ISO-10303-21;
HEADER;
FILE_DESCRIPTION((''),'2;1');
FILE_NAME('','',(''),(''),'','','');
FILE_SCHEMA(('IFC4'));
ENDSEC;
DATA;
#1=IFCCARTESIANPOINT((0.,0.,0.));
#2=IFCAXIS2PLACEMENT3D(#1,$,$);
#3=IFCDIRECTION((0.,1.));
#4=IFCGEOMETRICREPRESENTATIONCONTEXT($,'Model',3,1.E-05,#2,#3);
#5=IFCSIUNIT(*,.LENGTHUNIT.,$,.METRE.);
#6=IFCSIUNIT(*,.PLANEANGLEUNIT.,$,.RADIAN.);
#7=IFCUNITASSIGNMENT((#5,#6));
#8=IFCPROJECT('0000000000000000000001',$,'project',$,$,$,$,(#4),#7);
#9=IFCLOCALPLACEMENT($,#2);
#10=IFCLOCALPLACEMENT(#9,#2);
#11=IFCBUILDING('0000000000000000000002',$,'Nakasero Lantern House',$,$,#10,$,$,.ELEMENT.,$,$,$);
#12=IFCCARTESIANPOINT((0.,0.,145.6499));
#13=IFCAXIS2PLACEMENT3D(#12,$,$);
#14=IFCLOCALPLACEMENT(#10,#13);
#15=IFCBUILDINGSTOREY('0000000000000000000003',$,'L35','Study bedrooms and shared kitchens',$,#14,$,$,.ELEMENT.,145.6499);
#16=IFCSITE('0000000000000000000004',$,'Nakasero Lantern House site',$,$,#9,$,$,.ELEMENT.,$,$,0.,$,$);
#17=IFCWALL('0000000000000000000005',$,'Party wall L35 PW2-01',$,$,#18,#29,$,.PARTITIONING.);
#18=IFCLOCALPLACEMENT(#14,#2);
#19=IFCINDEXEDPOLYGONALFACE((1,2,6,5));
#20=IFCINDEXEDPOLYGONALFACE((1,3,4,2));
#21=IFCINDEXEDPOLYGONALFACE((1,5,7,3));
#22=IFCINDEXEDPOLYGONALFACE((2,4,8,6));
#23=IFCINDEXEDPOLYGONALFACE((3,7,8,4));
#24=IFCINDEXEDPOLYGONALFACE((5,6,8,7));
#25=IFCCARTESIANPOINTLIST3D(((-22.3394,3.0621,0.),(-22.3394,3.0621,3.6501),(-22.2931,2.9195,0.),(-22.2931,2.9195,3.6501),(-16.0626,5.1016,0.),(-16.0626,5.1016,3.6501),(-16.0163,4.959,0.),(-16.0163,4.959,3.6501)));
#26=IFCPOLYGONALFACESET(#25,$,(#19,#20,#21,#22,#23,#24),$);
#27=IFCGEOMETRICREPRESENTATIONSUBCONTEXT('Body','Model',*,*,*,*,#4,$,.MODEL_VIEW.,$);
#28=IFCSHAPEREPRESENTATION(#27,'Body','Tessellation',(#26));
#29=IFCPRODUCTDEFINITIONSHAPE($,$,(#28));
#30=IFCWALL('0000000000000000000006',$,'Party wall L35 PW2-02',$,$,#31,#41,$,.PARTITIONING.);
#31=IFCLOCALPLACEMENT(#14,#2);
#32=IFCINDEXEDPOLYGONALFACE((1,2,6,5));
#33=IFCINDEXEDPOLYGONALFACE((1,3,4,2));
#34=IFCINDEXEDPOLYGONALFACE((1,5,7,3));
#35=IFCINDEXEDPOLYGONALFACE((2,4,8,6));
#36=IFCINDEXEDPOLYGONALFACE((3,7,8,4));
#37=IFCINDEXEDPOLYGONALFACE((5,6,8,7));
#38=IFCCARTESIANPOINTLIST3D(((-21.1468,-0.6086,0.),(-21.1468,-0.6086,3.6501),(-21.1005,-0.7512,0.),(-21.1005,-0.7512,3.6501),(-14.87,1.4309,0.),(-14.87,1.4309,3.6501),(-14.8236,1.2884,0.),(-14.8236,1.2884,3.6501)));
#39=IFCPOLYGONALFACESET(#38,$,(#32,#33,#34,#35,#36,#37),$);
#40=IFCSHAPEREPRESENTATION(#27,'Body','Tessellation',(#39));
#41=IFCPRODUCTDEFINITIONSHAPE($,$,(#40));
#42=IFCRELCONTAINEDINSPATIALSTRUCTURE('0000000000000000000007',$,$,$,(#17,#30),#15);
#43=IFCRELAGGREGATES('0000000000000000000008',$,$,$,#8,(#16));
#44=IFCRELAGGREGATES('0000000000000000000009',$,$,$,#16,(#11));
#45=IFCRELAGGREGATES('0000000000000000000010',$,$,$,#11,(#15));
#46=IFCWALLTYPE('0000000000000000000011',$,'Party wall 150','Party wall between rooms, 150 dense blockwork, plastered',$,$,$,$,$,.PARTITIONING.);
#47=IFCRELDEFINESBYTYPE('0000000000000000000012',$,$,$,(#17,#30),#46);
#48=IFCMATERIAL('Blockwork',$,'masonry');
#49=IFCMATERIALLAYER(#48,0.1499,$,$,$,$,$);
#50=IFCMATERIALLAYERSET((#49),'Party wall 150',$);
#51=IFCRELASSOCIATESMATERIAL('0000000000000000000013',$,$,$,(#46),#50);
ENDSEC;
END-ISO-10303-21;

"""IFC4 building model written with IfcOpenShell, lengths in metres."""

from ifc_helpers import new_model, si_unit, direction, frame, frame_2d, origin, place, context, subcontext, project, spatial, rectangle, extrude, material, layer, layer_set, type_object, element, save


model = new_model("IFC4")

# Units and contexts
model_context = context("Model", 3, precision=1e-05, world=origin(), true_north=direction((0.0, 1.0)))
body_context = subcontext(model_context, "Body", "Model", "MODEL_VIEW")
ifc_project = project(units=[si_unit("LENGTHUNIT", "METRE"), si_unit("PLANEANGLEUNIT", "RADIAN")], contexts=[model_context])

# Site, building, storey
site_placement = place(None, origin())
site = spatial("IfcSite", under=ifc_project, at=site_placement, Name="Nakasero Lantern House site", CompositionType="ELEMENT", RefElevation=0.0)
building_placement = place(site_placement, origin())
building = spatial("IfcBuilding", under=site, at=building_placement, Name="Nakasero Lantern House", CompositionType="ELEMENT")
storey_placement = place(building_placement, frame((0.0, 0.0, 145.6499)))
storey = spatial("IfcBuildingStorey", under=building, at=storey_placement, Name="L35", Description="Study bedrooms and shared kitchens", CompositionType="ELEMENT", Elevation=145.6499)

# Walls
ifc_material_1 = material(Name="Blockwork", Category="masonry")
ifc_layer_1 = layer(ifc_material_1, 0.1499)
ifc_layer_set_1 = layer_set([ifc_layer_1], Name="Party wall 150")
wall_type_1 = type_object("IfcWallType", Name="Party wall 150", Description="Party wall between rooms, 150 dense blockwork, plastered", PredefinedType="PARTITIONING", material=ifc_layer_set_1)
for number, where, z_axis, x_axis, name in (
    (1, (-16.0396, 5.0303, 0.0), (0.0, 0.0, 1.0), (-0.951053, -0.309028, 0.0), "Party wall L35 PW2-01"),
    (2, (-14.8469, 1.3596, 0.0), (0.0, 0.0, 1.0), (-0.951053, -0.309028, 0.0), "Party wall L35 PW2-02"),
):
    element("IfcWall", number, at=place(storey_placement, frame(where, z_axis=z_axis, x_axis=x_axis)), inside=storey, type_object=wall_type_1, Name=name, PredefinedType="PARTITIONING", context=body_context, shape_type="SweptSolid", body=[
        extrude(rectangle(XDim=6.5999, YDim=0.1499, at=frame_2d((3.2998, 0.0))), origin(), (0.0, 0.0, 1.0), 3.6501),
    ])

save(model, "model.ifc")
